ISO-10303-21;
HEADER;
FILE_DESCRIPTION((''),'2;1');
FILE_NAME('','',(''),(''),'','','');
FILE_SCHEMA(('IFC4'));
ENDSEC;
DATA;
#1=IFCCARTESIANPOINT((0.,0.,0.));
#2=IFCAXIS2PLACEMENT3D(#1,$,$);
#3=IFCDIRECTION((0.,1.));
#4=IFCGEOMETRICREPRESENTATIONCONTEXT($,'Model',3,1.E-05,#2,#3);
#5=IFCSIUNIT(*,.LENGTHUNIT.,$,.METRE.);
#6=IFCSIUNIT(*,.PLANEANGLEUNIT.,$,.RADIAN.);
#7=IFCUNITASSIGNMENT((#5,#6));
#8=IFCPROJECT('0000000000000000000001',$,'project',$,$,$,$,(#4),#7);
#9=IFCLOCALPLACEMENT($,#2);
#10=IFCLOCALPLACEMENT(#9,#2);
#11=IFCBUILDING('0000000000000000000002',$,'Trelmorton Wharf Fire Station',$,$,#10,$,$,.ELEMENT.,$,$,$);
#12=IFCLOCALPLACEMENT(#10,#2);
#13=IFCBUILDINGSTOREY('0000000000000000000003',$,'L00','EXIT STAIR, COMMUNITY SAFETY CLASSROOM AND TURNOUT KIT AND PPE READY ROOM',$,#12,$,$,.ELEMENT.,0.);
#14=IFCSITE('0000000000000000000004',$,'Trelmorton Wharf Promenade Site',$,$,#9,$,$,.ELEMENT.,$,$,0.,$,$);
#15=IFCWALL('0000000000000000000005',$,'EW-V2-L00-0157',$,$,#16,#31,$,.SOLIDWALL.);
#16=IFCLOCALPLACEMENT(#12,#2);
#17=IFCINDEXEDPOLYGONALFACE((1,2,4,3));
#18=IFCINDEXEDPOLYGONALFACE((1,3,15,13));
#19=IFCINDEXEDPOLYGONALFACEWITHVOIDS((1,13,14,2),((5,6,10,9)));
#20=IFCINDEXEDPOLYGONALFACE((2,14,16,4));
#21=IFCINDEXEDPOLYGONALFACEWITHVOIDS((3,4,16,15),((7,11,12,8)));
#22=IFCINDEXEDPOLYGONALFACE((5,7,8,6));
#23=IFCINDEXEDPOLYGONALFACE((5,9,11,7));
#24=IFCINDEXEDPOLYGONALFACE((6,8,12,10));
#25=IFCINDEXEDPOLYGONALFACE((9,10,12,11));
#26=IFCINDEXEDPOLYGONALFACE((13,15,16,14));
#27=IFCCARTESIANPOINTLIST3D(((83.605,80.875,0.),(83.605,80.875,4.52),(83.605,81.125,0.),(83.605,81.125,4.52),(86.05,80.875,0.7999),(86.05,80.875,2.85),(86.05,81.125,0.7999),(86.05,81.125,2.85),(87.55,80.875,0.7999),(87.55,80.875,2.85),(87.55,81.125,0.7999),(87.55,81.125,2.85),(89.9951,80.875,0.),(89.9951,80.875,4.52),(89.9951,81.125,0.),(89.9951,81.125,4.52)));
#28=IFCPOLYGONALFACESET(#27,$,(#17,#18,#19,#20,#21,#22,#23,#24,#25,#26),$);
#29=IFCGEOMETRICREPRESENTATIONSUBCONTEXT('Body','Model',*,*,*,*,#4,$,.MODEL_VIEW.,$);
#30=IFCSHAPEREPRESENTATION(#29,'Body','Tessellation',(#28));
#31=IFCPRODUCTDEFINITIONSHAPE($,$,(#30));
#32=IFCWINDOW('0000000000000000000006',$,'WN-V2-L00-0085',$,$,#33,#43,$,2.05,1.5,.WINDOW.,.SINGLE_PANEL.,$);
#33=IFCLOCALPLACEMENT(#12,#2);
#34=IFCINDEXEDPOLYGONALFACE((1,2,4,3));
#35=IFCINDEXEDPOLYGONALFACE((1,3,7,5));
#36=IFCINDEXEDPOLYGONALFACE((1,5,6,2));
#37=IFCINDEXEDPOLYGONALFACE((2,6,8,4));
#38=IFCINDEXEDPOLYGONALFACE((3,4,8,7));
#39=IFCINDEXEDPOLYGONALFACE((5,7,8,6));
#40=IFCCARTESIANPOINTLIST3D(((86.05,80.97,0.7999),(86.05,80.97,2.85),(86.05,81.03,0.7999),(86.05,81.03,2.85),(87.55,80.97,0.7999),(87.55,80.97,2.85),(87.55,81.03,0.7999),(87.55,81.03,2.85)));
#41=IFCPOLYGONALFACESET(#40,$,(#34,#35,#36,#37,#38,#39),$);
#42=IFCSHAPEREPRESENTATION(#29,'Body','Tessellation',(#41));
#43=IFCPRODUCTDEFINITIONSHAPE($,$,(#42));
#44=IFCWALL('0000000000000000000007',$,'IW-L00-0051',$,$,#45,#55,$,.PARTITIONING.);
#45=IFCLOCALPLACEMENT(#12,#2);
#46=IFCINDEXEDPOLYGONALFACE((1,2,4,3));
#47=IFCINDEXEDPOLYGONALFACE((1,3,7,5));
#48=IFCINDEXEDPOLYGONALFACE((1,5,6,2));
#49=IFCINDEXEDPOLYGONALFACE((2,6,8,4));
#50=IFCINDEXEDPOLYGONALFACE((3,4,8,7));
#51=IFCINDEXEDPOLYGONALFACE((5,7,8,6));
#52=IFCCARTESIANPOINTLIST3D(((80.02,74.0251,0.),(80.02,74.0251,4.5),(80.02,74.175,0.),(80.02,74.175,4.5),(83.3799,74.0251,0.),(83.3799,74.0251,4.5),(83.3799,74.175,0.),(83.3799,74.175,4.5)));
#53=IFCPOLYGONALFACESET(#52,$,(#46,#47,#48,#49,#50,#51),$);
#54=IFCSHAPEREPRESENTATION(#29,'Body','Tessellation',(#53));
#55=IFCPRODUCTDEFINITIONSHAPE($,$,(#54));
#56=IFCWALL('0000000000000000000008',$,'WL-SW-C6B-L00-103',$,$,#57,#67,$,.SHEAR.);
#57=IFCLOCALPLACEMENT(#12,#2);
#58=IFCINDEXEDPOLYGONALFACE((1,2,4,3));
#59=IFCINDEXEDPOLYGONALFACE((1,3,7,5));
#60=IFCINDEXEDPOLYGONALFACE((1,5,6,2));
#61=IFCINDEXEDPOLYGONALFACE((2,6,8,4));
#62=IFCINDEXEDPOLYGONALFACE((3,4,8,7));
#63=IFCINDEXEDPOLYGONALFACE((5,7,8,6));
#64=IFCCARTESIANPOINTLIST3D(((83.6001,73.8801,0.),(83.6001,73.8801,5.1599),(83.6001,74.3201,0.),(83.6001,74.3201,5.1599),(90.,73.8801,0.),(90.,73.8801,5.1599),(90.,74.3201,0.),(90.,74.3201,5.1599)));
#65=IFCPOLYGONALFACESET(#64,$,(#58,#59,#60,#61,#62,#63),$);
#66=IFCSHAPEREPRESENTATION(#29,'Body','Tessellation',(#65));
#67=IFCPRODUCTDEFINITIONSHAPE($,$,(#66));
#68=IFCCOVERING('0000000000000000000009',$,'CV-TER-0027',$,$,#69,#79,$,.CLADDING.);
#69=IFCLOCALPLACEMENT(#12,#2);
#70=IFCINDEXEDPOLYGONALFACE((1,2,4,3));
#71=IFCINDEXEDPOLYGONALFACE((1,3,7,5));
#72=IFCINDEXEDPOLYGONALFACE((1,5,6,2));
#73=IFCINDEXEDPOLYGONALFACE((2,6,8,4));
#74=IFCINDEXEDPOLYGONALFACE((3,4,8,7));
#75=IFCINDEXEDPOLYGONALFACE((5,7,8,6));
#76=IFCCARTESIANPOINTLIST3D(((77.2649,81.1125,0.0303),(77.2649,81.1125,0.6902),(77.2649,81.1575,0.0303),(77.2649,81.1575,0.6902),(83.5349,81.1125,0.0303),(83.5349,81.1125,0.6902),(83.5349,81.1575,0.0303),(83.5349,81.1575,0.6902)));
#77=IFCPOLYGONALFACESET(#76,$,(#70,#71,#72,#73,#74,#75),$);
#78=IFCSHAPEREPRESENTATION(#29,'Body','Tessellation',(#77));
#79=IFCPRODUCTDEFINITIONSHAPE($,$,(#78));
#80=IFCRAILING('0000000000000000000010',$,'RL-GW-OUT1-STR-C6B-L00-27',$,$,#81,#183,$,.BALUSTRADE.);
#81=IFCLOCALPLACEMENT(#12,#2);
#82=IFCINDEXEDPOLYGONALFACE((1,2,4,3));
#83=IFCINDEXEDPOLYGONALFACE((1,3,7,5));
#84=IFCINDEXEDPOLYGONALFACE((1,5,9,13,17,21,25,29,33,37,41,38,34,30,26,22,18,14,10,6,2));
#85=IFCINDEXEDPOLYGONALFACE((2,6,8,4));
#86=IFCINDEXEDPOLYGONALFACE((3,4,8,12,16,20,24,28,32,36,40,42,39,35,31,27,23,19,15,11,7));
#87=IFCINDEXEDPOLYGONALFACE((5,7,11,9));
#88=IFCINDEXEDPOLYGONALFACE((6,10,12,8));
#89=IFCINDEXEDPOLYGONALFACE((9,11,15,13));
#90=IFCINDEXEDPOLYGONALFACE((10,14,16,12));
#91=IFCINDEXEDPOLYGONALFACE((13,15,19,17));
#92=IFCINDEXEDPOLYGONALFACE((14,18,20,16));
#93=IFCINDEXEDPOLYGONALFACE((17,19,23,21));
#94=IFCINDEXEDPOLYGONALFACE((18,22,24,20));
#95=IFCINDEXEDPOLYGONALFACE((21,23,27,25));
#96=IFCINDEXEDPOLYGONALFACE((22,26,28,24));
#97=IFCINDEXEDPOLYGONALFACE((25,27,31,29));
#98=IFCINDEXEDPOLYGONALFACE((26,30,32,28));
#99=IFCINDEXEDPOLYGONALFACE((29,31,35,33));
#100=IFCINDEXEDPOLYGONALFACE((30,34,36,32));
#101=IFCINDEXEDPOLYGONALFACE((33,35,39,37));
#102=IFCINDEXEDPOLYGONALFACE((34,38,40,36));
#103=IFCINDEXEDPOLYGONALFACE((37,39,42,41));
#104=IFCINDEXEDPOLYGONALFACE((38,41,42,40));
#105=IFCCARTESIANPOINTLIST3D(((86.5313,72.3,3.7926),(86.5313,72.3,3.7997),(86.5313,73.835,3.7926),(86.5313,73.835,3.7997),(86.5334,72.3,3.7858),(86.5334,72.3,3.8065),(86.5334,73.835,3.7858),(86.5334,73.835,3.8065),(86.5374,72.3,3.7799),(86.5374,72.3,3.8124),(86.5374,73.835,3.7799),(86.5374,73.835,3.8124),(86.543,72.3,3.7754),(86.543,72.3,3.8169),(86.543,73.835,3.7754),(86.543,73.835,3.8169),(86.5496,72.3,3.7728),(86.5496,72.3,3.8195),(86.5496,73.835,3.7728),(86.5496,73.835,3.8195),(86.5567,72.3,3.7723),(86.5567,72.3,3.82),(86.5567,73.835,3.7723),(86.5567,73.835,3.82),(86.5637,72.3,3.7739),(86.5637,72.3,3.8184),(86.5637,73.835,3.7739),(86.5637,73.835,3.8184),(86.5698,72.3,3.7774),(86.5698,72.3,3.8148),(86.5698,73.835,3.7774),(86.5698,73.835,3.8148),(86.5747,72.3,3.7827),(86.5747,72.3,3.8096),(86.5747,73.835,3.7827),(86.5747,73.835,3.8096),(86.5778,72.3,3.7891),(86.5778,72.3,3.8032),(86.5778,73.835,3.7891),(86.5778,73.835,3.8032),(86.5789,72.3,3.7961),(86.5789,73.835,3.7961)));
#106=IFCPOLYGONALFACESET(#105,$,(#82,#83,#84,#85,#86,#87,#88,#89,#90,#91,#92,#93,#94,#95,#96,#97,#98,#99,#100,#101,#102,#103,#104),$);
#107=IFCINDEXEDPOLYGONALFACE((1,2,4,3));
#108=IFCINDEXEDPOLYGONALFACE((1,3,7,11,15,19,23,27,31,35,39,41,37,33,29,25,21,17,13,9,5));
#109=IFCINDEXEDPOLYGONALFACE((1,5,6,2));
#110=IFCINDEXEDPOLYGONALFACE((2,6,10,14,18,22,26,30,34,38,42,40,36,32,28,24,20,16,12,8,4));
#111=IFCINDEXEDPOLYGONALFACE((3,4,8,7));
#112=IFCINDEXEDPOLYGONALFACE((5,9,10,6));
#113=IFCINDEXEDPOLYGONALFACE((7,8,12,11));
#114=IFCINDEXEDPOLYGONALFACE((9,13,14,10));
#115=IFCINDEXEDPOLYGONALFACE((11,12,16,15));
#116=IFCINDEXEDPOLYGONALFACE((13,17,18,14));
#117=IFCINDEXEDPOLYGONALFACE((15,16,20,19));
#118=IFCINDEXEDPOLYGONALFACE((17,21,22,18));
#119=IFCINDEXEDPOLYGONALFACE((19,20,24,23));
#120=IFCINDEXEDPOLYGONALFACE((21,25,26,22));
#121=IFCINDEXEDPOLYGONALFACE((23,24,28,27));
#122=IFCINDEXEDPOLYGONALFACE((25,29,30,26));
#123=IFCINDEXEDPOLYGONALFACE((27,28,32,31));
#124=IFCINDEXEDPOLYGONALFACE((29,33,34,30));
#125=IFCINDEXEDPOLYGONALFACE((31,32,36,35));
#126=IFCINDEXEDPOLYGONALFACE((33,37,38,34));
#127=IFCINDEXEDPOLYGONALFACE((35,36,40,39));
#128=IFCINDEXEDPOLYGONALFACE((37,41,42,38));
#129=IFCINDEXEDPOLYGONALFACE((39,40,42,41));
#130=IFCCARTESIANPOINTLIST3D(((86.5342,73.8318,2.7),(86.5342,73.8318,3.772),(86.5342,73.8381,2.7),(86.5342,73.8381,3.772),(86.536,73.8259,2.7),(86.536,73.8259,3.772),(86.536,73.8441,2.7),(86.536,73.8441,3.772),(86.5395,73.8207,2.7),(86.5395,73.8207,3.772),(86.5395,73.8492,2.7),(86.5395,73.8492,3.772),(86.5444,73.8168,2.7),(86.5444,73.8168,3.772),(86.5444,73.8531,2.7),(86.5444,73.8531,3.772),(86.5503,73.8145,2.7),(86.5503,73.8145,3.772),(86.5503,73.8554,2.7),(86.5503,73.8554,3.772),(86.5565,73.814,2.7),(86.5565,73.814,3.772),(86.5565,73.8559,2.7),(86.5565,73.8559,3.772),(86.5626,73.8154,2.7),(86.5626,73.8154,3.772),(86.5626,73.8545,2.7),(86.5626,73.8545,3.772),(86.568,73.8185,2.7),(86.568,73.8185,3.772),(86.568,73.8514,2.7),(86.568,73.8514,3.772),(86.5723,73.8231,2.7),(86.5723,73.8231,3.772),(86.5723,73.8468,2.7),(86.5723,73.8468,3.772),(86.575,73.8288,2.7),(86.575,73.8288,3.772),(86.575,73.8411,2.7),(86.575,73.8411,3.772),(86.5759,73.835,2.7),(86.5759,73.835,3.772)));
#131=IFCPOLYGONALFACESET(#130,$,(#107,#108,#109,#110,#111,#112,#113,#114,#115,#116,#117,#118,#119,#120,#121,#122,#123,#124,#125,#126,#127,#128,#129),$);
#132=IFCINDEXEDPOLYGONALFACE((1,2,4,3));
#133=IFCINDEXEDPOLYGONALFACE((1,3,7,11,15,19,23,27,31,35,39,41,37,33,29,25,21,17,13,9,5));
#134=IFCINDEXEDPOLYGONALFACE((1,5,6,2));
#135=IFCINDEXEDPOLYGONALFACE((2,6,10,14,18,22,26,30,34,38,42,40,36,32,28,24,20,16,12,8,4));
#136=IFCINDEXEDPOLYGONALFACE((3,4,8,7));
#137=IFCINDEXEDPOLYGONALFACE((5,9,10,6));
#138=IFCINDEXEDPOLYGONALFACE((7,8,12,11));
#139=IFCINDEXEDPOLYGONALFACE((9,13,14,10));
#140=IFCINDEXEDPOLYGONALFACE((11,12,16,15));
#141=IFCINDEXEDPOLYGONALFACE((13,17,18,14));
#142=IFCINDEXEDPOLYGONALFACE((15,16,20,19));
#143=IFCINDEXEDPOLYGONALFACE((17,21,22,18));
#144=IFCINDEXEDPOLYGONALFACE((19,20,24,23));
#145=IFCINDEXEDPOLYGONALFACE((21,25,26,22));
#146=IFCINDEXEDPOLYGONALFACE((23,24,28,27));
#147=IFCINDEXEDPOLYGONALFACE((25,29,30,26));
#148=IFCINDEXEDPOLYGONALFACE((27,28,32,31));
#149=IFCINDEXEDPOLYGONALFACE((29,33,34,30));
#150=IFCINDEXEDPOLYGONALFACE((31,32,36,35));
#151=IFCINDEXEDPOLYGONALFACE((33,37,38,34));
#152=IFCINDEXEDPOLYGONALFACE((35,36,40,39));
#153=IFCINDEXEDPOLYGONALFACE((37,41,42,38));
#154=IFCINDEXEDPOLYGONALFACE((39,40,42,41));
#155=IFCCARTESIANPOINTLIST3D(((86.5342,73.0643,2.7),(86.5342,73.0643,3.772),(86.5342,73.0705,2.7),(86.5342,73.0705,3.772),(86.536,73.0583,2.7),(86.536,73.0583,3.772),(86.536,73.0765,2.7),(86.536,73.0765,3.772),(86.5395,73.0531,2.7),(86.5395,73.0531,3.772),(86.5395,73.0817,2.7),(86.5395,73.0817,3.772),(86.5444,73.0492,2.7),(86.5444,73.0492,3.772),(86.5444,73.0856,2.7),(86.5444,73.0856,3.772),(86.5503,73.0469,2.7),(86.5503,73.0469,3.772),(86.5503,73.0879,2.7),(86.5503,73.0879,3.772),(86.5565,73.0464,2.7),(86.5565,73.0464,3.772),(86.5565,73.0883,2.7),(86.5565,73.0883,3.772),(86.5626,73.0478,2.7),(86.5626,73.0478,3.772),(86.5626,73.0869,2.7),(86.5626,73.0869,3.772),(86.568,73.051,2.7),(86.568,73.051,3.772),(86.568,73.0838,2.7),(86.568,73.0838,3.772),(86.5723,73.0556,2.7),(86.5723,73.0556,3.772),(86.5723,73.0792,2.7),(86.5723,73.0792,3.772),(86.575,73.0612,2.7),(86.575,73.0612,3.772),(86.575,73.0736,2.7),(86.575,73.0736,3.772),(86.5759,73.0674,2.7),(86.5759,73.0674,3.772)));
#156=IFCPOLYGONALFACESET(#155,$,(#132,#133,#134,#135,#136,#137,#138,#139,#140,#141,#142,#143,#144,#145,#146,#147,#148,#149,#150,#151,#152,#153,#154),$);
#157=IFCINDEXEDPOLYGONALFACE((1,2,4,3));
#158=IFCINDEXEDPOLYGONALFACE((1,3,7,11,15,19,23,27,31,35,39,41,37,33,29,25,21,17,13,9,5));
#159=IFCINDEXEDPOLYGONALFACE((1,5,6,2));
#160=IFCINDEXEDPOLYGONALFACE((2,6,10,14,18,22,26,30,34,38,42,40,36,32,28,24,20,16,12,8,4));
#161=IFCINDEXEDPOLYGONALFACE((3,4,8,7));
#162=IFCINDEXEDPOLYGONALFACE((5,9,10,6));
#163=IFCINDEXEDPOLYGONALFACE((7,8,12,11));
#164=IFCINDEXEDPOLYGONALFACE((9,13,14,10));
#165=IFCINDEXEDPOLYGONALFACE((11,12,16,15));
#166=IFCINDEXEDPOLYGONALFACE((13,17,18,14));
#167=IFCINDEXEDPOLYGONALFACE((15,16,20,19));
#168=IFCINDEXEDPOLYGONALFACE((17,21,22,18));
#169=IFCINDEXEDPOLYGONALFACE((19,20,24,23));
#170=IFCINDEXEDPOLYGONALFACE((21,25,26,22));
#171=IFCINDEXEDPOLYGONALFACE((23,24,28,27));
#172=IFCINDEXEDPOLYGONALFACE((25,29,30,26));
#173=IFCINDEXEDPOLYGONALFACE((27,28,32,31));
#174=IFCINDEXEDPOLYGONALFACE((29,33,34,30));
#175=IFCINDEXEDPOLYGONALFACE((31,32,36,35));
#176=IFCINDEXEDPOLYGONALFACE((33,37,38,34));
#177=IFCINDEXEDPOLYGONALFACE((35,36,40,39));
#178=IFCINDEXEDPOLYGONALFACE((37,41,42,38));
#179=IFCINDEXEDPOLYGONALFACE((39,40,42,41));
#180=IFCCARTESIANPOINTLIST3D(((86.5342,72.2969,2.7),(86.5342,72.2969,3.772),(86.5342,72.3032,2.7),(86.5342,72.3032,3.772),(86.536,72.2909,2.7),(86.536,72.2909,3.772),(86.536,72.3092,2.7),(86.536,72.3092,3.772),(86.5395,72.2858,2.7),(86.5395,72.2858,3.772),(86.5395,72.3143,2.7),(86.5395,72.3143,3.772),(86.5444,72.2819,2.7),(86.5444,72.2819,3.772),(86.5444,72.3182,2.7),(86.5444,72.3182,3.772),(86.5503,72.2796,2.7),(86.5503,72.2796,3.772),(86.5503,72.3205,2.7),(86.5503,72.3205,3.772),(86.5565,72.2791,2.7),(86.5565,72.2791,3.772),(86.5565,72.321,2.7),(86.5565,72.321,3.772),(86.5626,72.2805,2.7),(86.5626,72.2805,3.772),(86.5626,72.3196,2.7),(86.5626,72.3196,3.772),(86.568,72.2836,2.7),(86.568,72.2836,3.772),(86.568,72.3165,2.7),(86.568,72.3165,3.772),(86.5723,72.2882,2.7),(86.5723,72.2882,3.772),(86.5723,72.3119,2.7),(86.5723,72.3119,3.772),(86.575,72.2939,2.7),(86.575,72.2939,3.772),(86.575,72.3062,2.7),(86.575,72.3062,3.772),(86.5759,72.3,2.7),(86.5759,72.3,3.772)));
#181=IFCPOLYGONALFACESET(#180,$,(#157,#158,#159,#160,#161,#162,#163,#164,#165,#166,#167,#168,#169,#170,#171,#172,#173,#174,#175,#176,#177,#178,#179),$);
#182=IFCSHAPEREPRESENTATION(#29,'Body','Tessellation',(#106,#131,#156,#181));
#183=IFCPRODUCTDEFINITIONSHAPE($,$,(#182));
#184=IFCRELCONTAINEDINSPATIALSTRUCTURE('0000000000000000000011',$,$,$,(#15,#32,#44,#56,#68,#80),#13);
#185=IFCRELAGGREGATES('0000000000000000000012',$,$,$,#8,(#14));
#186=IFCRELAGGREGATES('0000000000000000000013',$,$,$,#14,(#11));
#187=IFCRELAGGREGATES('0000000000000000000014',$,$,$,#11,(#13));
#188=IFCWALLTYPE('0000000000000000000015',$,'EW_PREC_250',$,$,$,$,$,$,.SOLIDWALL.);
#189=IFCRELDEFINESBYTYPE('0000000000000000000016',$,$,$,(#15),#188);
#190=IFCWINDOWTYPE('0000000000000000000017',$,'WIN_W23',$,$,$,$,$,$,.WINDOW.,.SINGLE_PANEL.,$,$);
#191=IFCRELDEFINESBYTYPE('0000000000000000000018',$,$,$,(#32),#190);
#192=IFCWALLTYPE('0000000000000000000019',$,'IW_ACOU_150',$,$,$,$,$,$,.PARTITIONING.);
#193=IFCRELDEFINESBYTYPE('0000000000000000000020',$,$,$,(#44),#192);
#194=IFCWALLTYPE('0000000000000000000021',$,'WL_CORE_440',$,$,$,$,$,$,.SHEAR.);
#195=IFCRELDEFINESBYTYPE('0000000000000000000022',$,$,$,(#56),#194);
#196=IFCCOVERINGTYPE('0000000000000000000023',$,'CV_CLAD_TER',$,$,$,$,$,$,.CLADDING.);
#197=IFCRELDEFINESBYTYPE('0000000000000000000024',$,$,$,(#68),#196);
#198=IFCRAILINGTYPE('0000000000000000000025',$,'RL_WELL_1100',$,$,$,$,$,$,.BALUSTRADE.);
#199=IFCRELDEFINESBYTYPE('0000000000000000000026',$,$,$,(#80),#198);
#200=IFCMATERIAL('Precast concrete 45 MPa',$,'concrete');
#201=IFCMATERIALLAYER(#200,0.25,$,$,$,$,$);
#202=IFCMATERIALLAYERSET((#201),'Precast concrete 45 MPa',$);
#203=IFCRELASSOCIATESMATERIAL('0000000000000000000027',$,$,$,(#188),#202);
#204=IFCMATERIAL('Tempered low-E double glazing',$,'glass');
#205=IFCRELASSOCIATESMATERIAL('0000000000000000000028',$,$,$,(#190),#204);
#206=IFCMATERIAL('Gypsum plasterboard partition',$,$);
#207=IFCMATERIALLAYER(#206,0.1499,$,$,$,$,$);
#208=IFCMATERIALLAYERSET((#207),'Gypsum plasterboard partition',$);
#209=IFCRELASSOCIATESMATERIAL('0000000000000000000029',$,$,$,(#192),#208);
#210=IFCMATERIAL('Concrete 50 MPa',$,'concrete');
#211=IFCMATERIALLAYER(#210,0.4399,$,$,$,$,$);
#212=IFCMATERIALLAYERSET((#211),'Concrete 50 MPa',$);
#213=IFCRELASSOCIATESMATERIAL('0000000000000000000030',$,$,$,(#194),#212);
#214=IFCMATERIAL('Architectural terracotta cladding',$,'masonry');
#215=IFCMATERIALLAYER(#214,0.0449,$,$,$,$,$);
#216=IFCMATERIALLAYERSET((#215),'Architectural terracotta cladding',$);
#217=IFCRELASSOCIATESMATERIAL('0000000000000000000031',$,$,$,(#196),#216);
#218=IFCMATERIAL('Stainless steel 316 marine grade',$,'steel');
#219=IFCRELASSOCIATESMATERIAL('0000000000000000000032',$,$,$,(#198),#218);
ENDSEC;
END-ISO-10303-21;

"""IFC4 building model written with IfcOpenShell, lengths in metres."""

from ifc_helpers import new_model, si_unit, direction, frame, frame_2d, origin, origin_2d, place, context, subcontext, project, spatial, rectangle, circle, extrude, material, layer, layer_set, type_object, element, fill, save


model = new_model("IFC4")

# Units and contexts
model_context = context("Model", 3, precision=1e-05, world=origin(), true_north=direction((0.0, 1.0)))
body_context = subcontext(model_context, "Body", "Model", "MODEL_VIEW")
ifc_project = project(units=[si_unit("LENGTHUNIT", "METRE"), si_unit("PLANEANGLEUNIT", "RADIAN")], contexts=[model_context])

# Site, building, storey
site_placement = place(None, origin())
site = spatial("IfcSite", under=ifc_project, at=site_placement, Name="Trelmorton Wharf Promenade Site", CompositionType="ELEMENT", RefElevation=0.0)
building_placement = place(site_placement, origin())
building = spatial("IfcBuilding", under=site, at=building_placement, Name="Trelmorton Wharf Fire Station", CompositionType="ELEMENT")
storey_placement = place(building_placement, origin())
storey = spatial("IfcBuildingStorey", under=building, at=storey_placement, Name="L00", Description="EXIT STAIR, COMMUNITY SAFETY CLASSROOM AND TURNOUT KIT AND PPE READY ROOM", CompositionType="ELEMENT", Elevation=0.0)

# Wall, opening, window
ifc_material_1 = material(Name="Precast concrete 45 MPa", Category="concrete")
ifc_layer_1 = layer(ifc_material_1, 0.25)
ifc_layer_set_1 = layer_set([ifc_layer_1], Name="Precast concrete 45 MPa")
wall_type_1 = type_object("IfcWallType", Name="EW_PREC_250", PredefinedType="SOLIDWALL", material=ifc_layer_set_1)
wall_1_placement = place(storey_placement, frame((83.605, 81.0, 0.0), z_axis=(0.0, 0.0, 1.0), x_axis=(1.0, 0.0, 0.0)))
wall_1 = element("IfcWall", 1, at=wall_1_placement, inside=storey, type_object=wall_type_1, Name="EW-V2-L00-0157", PredefinedType="SOLIDWALL", context=body_context, shape_type="SweptSolid", body=[
    extrude(rectangle(XDim=6.3901, YDim=0.25, at=frame_2d((3.1951, 0.0))), origin(), (0.0, 0.0, 1.0), 4.52),
])
opening_placement = place(wall_1_placement, frame((2.4451, 0.0, 0.8)))
opening = element("IfcOpeningElement", 2, at=opening_placement, cuts=wall_1, PredefinedType="OPENING", context=body_context, shape_type="SweptSolid", body=[
    extrude(rectangle(XDim=1.5, YDim=2.05, at=frame_2d((0.75, 1.0249))), frame((0.0, 0.135, 0.0), z_axis=(0.0, -1.0, 0.0), x_axis=(1.0, 0.0, 0.0)), (0.0, 0.0, 1.0), 0.27),
])
ifc_material_2 = material(Name="Tempered low-E double glazing", Category="glass")
window_type = type_object("IfcWindowType", Name="WIN_W23", PartitioningType="SINGLE_PANEL", PredefinedType="WINDOW", material=ifc_material_2)
window_placement = place(opening_placement, origin())
window = element("IfcWindow", 3, at=window_placement, inside=storey, type_object=window_type, Name="WN-V2-L00-0085", OverallHeight=2.05, OverallWidth=1.5, PartitioningType="SINGLE_PANEL", PredefinedType="WINDOW", context=body_context, shape_type="SweptSolid", body=[
    extrude(rectangle(XDim=1.5, YDim=2.05, at=frame_2d((0.75, 1.0249))), frame((0.0, 0.03, 0.0), z_axis=(0.0, -1.0, 0.0), x_axis=(1.0, 0.0, 0.0)), (0.0, 0.0, 1.0), 0.0601),
])
fill(opening, window)

# Walls
ifc_material_3 = material(Name="Gypsum plasterboard partition")
ifc_layer_2 = layer(ifc_material_3, 0.1499)
ifc_layer_set_2 = layer_set([ifc_layer_2], Name="Gypsum plasterboard partition")
wall_type_2 = type_object("IfcWallType", Name="IW_ACOU_150", PredefinedType="PARTITIONING", material=ifc_layer_set_2)
wall_2_placement = place(storey_placement, frame((80.02, 74.1001, 0.0), z_axis=(0.0, 0.0, 1.0), x_axis=(1.0, 0.0, 0.0)))
element("IfcWall", 4, at=wall_2_placement, inside=storey, type_object=wall_type_2, Name="IW-L00-0051", PredefinedType="PARTITIONING", context=body_context, shape_type="SweptSolid", body=[
    extrude(rectangle(XDim=3.3599, YDim=0.1499, at=frame_2d((1.6799, 0.0))), origin(), (0.0, 0.0, 1.0), 4.5),
])
ifc_material_4 = material(Name="Concrete 50 MPa", Category="concrete")
ifc_layer_3 = layer(ifc_material_4, 0.4399)
ifc_layer_set_3 = layer_set([ifc_layer_3], Name="Concrete 50 MPa")
wall_type_3 = type_object("IfcWallType", Name="WL_CORE_440", PredefinedType="SHEAR", material=ifc_layer_set_3)
wall_3_placement = place(storey_placement, frame((83.6001, 74.1001, 0.0), z_axis=(0.0, 0.0, 1.0), x_axis=(1.0, 0.0, 0.0)))
element("IfcWall", 5, at=wall_3_placement, inside=storey, type_object=wall_type_3, Name="WL-SW-C6B-L00-103", PredefinedType="SHEAR", context=body_context, shape_type="SweptSolid", body=[
    extrude(rectangle(XDim=6.3999, YDim=0.4399, at=frame_2d((3.2, 0.0))), origin(), (0.0, 0.0, 1.0), 5.1599),
])

# Covering
ifc_material_5 = material(Name="Architectural terracotta cladding", Category="masonry")
ifc_layer_4 = layer(ifc_material_5, 0.0449)
ifc_layer_set_4 = layer_set([ifc_layer_4], Name="Architectural terracotta cladding")
covering_type = type_object("IfcCoveringType", Name="CV_CLAD_TER", PredefinedType="CLADDING", material=ifc_layer_set_4)
covering_placement = place(storey_placement, frame((80.3999, 81.135, 0.0303), z_axis=(0.0, 0.0, 1.0), x_axis=(1.0, 0.0, 0.0)))
element("IfcCovering", 6, at=covering_placement, inside=storey, type_object=covering_type, Name="CV-TER-0027", PredefinedType="CLADDING", context=body_context, shape_type="SweptSolid", body=[
    extrude(rectangle(XDim=6.27, YDim=0.0449, at=origin_2d()), origin(), (0.0, 0.0, 1.0), 0.6599),
])

# Railing
ifc_material_6 = material(Name="Stainless steel 316 marine grade", Category="steel")
railing_type = type_object("IfcRailingType", Name="RL_WELL_1100", PredefinedType="BALUSTRADE", material=ifc_material_6)
railing_placement = place(storey_placement, frame((86.5549, 73.835, 2.7)))
element("IfcRailing", 7, at=railing_placement, inside=storey, type_object=railing_type, Name="RL-GW-OUT1-STR-C6B-L00-27", PredefinedType="BALUSTRADE", context=body_context, shape_type="SweptSolid", body=[
    extrude(circle(Radius=0.0239, at=origin_2d()), frame((0.0, 0.0, 1.0962), z_axis=(0.0, -1.0, 0.0), x_axis=(1.0, 0.0, 0.0)), (0.0, 0.0, 1.0), 1.5349),
    extrude(circle(Radius=0.021, at=origin_2d()), origin(), (0.0, 0.0, 1.0), 1.072),
    extrude(circle(Radius=0.021, at=origin_2d()), frame((0.0, -0.7676, 0.0)), (0.0, 0.0, 1.0), 1.072),
    extrude(circle(Radius=0.021, at=origin_2d()), frame((0.0, -1.5349, 0.0)), (0.0, 0.0, 1.0), 1.072),
])

save(model, "model.ifc")
